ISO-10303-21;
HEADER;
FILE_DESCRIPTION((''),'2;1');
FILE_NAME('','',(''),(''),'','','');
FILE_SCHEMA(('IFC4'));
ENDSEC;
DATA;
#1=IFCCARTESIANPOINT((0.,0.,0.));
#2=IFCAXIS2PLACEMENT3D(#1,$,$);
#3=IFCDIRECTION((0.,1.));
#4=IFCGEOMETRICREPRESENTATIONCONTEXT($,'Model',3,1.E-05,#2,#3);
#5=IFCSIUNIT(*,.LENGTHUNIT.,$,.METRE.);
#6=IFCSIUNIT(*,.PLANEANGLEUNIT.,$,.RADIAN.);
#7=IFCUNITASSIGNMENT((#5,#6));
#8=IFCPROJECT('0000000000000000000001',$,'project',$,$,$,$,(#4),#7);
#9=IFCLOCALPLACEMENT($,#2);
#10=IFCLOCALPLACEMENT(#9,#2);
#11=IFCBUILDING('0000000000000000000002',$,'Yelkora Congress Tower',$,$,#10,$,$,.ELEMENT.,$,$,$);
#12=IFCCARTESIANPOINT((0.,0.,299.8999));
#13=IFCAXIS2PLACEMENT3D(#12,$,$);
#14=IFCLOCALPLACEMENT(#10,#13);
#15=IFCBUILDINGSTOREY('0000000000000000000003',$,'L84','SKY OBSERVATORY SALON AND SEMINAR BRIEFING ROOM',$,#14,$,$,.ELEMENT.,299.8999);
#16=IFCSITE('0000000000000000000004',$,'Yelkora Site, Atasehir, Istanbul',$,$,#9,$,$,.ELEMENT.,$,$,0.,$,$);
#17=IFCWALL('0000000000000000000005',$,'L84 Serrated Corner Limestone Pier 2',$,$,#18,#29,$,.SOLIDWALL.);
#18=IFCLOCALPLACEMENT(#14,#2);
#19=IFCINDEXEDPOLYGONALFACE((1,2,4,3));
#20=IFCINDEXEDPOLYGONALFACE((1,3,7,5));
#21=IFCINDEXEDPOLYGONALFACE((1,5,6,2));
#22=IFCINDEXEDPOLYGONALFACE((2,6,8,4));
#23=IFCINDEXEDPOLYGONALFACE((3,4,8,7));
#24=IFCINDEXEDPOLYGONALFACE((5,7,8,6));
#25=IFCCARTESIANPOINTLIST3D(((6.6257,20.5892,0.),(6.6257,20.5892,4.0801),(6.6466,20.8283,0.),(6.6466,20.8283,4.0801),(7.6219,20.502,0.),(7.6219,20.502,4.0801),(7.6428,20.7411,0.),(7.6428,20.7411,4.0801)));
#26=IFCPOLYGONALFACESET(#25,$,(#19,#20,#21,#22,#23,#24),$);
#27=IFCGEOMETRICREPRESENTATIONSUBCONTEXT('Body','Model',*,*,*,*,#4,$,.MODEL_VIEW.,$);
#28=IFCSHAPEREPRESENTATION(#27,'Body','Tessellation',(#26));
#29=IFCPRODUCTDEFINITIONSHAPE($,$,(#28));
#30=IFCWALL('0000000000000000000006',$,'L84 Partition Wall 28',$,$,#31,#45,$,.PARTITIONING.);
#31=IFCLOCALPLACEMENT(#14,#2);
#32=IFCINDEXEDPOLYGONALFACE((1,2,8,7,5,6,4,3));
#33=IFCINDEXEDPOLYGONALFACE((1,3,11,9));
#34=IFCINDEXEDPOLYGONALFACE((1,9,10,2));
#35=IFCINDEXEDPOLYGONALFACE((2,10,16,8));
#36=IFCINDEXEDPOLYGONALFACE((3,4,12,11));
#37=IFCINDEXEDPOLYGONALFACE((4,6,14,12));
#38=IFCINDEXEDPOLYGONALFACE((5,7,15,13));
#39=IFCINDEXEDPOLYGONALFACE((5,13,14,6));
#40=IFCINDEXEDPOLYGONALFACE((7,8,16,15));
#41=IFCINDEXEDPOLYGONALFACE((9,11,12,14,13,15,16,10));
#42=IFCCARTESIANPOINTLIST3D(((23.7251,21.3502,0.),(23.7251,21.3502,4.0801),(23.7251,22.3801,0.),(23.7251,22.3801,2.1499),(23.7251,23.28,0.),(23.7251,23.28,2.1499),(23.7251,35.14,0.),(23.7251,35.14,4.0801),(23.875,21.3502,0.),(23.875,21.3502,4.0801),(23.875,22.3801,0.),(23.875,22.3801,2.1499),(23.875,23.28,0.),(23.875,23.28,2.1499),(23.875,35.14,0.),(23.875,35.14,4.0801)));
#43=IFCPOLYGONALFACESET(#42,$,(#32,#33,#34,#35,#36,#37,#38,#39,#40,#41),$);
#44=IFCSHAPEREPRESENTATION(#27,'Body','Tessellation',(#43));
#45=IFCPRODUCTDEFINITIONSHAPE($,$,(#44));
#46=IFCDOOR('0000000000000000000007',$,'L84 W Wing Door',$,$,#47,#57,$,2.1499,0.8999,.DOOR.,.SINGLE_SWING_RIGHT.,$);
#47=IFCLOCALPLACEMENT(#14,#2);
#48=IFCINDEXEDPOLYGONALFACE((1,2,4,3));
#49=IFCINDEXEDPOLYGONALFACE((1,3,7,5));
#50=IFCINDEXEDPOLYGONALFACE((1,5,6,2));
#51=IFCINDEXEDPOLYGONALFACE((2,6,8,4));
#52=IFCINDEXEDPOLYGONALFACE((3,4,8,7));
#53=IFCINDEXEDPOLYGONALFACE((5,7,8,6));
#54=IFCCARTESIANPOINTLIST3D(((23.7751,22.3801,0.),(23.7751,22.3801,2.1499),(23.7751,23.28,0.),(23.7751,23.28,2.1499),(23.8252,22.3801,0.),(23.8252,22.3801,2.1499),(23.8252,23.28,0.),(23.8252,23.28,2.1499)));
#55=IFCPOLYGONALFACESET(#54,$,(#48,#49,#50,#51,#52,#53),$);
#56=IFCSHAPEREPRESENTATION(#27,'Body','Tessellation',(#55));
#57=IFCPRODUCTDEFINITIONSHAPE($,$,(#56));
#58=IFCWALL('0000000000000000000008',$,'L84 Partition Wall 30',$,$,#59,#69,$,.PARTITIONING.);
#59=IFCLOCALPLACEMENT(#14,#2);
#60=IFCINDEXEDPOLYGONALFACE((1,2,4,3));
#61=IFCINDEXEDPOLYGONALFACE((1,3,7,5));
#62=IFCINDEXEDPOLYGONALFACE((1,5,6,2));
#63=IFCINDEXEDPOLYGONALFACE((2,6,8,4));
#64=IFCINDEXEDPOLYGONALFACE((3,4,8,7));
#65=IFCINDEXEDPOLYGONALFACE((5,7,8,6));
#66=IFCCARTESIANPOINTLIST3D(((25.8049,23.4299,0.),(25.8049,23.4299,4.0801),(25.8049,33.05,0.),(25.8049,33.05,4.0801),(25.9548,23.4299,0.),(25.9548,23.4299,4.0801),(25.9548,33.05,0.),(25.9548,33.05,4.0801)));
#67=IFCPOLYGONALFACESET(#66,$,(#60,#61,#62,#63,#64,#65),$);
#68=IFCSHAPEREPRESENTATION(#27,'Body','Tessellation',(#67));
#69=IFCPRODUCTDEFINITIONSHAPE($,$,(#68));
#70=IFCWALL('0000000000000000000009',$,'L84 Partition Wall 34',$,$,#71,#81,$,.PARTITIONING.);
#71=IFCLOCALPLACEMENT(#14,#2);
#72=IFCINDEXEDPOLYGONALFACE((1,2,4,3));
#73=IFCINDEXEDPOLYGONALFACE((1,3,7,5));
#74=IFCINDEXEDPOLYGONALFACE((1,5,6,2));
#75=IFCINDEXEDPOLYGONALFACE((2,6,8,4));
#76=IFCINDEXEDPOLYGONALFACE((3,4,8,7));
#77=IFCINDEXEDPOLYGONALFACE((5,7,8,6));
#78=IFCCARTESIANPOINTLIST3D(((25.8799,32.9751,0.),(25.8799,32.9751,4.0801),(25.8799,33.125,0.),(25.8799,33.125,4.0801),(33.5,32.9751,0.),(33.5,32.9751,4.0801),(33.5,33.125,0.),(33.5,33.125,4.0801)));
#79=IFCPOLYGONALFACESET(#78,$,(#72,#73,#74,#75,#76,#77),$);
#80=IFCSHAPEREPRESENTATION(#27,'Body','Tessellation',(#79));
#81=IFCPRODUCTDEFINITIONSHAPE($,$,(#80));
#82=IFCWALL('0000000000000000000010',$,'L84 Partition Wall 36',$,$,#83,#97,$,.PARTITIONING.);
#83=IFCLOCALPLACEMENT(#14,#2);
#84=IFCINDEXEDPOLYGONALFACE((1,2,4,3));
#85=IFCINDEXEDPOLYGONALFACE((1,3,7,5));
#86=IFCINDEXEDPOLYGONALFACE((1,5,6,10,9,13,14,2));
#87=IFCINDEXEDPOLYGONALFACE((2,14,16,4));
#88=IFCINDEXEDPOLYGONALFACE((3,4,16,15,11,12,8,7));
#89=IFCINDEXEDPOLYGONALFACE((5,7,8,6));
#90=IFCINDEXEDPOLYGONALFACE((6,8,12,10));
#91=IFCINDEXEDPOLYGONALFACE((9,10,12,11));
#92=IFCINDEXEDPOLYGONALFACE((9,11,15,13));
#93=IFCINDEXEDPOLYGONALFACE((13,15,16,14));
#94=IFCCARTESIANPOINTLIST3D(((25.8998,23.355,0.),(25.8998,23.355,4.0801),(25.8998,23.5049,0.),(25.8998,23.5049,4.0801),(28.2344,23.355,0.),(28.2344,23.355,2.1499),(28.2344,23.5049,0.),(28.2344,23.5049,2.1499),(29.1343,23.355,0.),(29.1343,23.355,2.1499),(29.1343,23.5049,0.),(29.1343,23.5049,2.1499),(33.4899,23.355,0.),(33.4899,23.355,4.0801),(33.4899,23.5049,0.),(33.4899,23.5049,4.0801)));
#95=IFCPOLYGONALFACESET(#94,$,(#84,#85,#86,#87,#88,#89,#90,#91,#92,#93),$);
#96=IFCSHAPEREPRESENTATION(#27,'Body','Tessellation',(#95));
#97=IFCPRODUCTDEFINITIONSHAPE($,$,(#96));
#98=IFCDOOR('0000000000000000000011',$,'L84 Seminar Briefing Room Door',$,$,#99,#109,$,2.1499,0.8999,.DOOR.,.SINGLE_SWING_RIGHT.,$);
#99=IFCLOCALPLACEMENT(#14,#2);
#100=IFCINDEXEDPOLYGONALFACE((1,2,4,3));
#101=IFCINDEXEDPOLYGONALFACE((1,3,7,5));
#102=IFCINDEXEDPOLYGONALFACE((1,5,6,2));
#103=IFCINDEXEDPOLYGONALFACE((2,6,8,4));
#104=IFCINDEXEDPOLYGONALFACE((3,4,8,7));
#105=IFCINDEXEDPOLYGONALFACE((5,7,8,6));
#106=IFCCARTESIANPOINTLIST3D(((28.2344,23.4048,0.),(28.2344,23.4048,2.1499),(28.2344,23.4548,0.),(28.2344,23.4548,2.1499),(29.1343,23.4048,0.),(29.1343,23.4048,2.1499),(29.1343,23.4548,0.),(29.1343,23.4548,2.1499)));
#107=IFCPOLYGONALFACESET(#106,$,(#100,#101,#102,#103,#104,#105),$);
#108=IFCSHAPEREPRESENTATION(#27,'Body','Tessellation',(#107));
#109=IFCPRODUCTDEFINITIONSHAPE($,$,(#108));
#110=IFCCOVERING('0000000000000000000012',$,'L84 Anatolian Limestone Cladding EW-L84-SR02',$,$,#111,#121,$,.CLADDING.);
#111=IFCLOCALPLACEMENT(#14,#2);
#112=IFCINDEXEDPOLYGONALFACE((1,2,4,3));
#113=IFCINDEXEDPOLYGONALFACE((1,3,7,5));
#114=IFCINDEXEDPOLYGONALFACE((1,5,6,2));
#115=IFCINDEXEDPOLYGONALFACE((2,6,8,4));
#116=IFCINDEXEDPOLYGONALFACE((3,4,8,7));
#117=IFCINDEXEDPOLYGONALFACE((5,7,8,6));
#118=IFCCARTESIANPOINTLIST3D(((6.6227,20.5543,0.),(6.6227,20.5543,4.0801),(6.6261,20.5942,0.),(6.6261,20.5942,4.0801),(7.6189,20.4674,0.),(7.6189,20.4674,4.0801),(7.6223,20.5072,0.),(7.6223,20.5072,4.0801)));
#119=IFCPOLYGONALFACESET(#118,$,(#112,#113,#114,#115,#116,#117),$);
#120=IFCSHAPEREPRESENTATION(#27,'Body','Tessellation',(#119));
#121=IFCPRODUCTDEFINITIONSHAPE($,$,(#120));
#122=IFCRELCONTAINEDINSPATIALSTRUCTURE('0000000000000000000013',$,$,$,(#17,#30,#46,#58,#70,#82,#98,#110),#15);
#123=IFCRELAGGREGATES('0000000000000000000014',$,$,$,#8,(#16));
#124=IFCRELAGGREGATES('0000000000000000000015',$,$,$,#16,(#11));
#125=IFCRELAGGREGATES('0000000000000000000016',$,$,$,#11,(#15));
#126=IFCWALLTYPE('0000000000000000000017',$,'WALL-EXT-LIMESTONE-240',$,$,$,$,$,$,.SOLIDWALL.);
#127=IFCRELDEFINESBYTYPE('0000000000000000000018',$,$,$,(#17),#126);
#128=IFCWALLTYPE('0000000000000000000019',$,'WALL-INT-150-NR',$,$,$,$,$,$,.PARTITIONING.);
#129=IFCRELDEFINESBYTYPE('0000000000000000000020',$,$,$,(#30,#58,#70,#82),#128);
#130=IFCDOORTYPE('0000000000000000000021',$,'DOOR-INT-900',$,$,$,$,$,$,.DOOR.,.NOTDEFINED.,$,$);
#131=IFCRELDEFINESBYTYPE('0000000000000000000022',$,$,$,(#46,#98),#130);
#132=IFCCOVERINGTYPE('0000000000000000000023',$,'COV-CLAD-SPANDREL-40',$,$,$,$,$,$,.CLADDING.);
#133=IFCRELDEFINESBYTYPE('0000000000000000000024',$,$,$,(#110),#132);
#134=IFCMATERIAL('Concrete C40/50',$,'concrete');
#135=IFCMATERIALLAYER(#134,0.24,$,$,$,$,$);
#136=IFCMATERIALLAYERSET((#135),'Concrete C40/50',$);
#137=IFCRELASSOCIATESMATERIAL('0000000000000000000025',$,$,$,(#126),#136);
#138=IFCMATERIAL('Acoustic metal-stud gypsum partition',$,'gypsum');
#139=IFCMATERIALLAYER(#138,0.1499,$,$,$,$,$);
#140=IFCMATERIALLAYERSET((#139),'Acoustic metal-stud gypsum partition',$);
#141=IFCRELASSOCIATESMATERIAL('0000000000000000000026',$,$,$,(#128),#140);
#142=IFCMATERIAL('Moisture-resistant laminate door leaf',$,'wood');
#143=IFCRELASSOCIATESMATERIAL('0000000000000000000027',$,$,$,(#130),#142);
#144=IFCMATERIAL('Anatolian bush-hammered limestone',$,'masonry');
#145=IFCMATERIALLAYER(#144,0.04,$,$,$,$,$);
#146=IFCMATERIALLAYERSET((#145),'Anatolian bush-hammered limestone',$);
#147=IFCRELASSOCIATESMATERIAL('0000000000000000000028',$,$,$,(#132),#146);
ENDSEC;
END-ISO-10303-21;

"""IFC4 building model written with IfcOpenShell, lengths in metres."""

from ifc_helpers import new_model, si_unit, direction, frame, frame_2d, origin, place, context, subcontext, project, spatial, rectangle, extrude, material, layer, layer_set, type_object, element, fill, save


model = new_model("IFC4")

# Units and contexts
model_context = context("Model", 3, precision=1e-05, world=origin(), true_north=direction((0.0, 1.0)))
body_context = subcontext(model_context, "Body", "Model", "MODEL_VIEW")
ifc_project = project(units=[si_unit("LENGTHUNIT", "METRE"), si_unit("PLANEANGLEUNIT", "RADIAN")], contexts=[model_context])

# Site, building, storey
site_placement = place(None, origin())
site = spatial("IfcSite", under=ifc_project, at=site_placement, Name="Yelkora Site, Atasehir, Istanbul", CompositionType="ELEMENT", RefElevation=0.0)
building_placement = place(site_placement, origin())
building = spatial("IfcBuilding", under=site, at=building_placement, Name="Yelkora Congress Tower", CompositionType="ELEMENT")
storey_placement = place(building_placement, frame((0.0, 0.0, 299.8999)))
storey = spatial("IfcBuildingStorey", under=building, at=storey_placement, Name="L84", Description="SKY OBSERVATORY SALON AND SEMINAR BRIEFING ROOM", CompositionType="ELEMENT", Elevation=299.8999)

# Wall
ifc_material_1 = material(Name="Concrete C40/50", Category="concrete")
ifc_layer_1 = layer(ifc_material_1, 0.24)
ifc_layer_set_1 = layer_set([ifc_layer_1], Name="Concrete C40/50")
wall_type_1 = type_object("IfcWallType", Name="WALL-EXT-LIMESTONE-240", PredefinedType="SOLIDWALL", material=ifc_layer_set_1)
wall_1_placement = place(storey_placement, frame((7.6323, 20.6216, 0.0), z_axis=(0.0, 0.0, 1.0), x_axis=(-0.996194, 0.087167, 0.0)))
element("IfcWall", 1, at=wall_1_placement, inside=storey, type_object=wall_type_1, Name="L84 Serrated Corner Limestone Pier 2", PredefinedType="SOLIDWALL", context=body_context, shape_type="SweptSolid", body=[
    extrude(rectangle(XDim=1.0, YDim=0.24, at=frame_2d((0.5, 0.0))), origin(), (0.0, 0.0, 1.0), 4.0801),
])

# Wall, opening, door
ifc_material_2 = material(Name="Acoustic metal-stud gypsum partition", Category="gypsum")
ifc_layer_2 = layer(ifc_material_2, 0.1499)
ifc_layer_set_2 = layer_set([ifc_layer_2], Name="Acoustic metal-stud gypsum partition")
wall_type_2 = type_object("IfcWallType", Name="WALL-INT-150-NR", PredefinedType="PARTITIONING", material=ifc_layer_set_2)
wall_2_placement = place(storey_placement, frame((23.8, 21.3501, 0.0), z_axis=(0.0, 0.0, 1.0), x_axis=(0.0, 1.0, 0.0)))
wall_2 = element("IfcWall", 2, at=wall_2_placement, inside=storey, type_object=wall_type_2, Name="L84 Partition Wall 28", PredefinedType="PARTITIONING", context=body_context, shape_type="SweptSolid", body=[
    extrude(rectangle(XDim=13.7898, YDim=0.1499, at=frame_2d((6.895, 0.0))), origin(), (0.0, 0.0, 1.0), 4.0801),
])
opening_1_placement = place(wall_2_placement, frame((1.03, 0.0, 0.0)))
opening_1 = element("IfcOpeningElement", 3, at=opening_1_placement, cuts=wall_2, PredefinedType="OPENING", context=body_context, shape_type="SweptSolid", body=[
    extrude(rectangle(XDim=0.8999, YDim=2.1499, at=frame_2d((0.45, 1.075))), frame((0.0, 0.085, 0.0), z_axis=(0.0, -1.0, 0.0), x_axis=(1.0, 0.0, 0.0)), (0.0, 0.0, 1.0), 0.1699),
])
ifc_material_3 = material(Name="Moisture-resistant laminate door leaf", Category="wood")
door_type_1 = type_object("IfcDoorType", Name="DOOR-INT-900", OperationType="NOTDEFINED", PredefinedType="DOOR", material=ifc_material_3)
door_1_placement = place(opening_1_placement, origin())
door_1 = element("IfcDoor", 4, at=door_1_placement, inside=storey, type_object=door_type_1, Name="L84 W Wing Door", OperationType="SINGLE_SWING_RIGHT", OverallHeight=2.1499, OverallWidth=0.8999, PredefinedType="DOOR", context=body_context, shape_type="SweptSolid", body=[
    extrude(rectangle(XDim=0.8999, YDim=2.1499, at=frame_2d((0.45, 1.075))), frame((0.0, 0.0249, 0.0), z_axis=(0.0, -1.0, 0.0), x_axis=(1.0, 0.0, 0.0)), (0.0, 0.0, 1.0), 0.05),
])
fill(opening_1, door_1)

# Walls
wall_3_placement = place(storey_placement, frame((25.8799, 23.4299, 0.0), z_axis=(0.0, 0.0, 1.0), x_axis=(0.0, 1.0, 0.0)))
element("IfcWall", 5, at=wall_3_placement, inside=storey, type_object=wall_type_2, Name="L84 Partition Wall 30", PredefinedType="PARTITIONING", context=body_context, shape_type="SweptSolid", body=[
    extrude(rectangle(XDim=9.6201, YDim=0.1499, at=frame_2d((4.8101, 0.0))), origin(), (0.0, 0.0, 1.0), 4.0801),
])
wall_4_placement = place(storey_placement, frame((25.8799, 33.05, 0.0), z_axis=(0.0, 0.0, 1.0), x_axis=(1.0, 0.0, 0.0)))
element("IfcWall", 6, at=wall_4_placement, inside=storey, type_object=wall_type_2, Name="L84 Partition Wall 34", PredefinedType="PARTITIONING", context=body_context, shape_type="SweptSolid", body=[
    extrude(rectangle(XDim=7.6201, YDim=0.1499, at=frame_2d((3.8101, 0.0))), origin(), (0.0, 0.0, 1.0), 4.0801),
])

# Wall, opening, door
wall_5_placement = place(storey_placement, frame((25.8999, 23.4299, 0.0), z_axis=(0.0, 0.0, 1.0), x_axis=(1.0, 0.0, 0.0)))
wall_5 = element("IfcWall", 7, at=wall_5_placement, inside=storey, type_object=wall_type_2, Name="L84 Partition Wall 36", PredefinedType="PARTITIONING", context=body_context, shape_type="SweptSolid", body=[
    extrude(rectangle(XDim=7.5901, YDim=0.1499, at=frame_2d((3.7949, 0.0))), origin(), (0.0, 0.0, 1.0), 4.0801),
])
opening_2_placement = place(wall_5_placement, frame((2.3345, 0.0, 0.0)))
opening_2 = element("IfcOpeningElement", 8, at=opening_2_placement, cuts=wall_5, PredefinedType="OPENING", context=body_context, shape_type="SweptSolid", body=[
    extrude(rectangle(XDim=0.8999, YDim=2.1499, at=frame_2d((0.45, 1.075))), frame((0.0, 0.085, 0.0), z_axis=(0.0, -1.0, 0.0), x_axis=(1.0, 0.0, 0.0)), (0.0, 0.0, 1.0), 0.1699),
])
door_2_placement = place(opening_2_placement, origin())
door_2 = element("IfcDoor", 9, at=door_2_placement, inside=storey, type_object=door_type_1, Name="L84 Seminar Briefing Room Door", OperationType="SINGLE_SWING_RIGHT", OverallHeight=2.1499, OverallWidth=0.8999, PredefinedType="DOOR", context=body_context, shape_type="SweptSolid", body=[
    extrude(rectangle(XDim=0.8999, YDim=2.1499, at=frame_2d((0.45, 1.075))), frame((0.0, 0.0249, 0.0), z_axis=(0.0, -1.0, 0.0), x_axis=(1.0, 0.0, 0.0)), (0.0, 0.0, 1.0), 0.05),
])
fill(opening_2, door_2)

# Covering
ifc_material_4 = material(Name="Anatolian bush-hammered limestone", Category="masonry")
ifc_layer_3 = layer(ifc_material_4, 0.04)
ifc_layer_set_3 = layer_set([ifc_layer_3], Name="Anatolian bush-hammered limestone")
covering_type = type_object("IfcCoveringType", Name="COV-CLAD-SPANDREL-40", PredefinedType="CLADDING", material=ifc_layer_set_3)
covering_placement = place(storey_placement, frame((7.6206, 20.4873, 0.0), z_axis=(0.0, 0.0, 1.0), x_axis=(-0.996215, 0.086925, 0.0)))
element("IfcCovering", 10, at=covering_placement, inside=storey, type_object=covering_type, Name="L84 Anatolian Limestone Cladding EW-L84-SR02", PredefinedType="CLADDING", context=body_context, shape_type="SweptSolid", body=[
    extrude(rectangle(XDim=1.0, YDim=0.04, at=frame_2d((0.5, 0.0))), origin(), (0.0, 0.0, 1.0), 4.0801),
])

save(model, "model.ifc")
